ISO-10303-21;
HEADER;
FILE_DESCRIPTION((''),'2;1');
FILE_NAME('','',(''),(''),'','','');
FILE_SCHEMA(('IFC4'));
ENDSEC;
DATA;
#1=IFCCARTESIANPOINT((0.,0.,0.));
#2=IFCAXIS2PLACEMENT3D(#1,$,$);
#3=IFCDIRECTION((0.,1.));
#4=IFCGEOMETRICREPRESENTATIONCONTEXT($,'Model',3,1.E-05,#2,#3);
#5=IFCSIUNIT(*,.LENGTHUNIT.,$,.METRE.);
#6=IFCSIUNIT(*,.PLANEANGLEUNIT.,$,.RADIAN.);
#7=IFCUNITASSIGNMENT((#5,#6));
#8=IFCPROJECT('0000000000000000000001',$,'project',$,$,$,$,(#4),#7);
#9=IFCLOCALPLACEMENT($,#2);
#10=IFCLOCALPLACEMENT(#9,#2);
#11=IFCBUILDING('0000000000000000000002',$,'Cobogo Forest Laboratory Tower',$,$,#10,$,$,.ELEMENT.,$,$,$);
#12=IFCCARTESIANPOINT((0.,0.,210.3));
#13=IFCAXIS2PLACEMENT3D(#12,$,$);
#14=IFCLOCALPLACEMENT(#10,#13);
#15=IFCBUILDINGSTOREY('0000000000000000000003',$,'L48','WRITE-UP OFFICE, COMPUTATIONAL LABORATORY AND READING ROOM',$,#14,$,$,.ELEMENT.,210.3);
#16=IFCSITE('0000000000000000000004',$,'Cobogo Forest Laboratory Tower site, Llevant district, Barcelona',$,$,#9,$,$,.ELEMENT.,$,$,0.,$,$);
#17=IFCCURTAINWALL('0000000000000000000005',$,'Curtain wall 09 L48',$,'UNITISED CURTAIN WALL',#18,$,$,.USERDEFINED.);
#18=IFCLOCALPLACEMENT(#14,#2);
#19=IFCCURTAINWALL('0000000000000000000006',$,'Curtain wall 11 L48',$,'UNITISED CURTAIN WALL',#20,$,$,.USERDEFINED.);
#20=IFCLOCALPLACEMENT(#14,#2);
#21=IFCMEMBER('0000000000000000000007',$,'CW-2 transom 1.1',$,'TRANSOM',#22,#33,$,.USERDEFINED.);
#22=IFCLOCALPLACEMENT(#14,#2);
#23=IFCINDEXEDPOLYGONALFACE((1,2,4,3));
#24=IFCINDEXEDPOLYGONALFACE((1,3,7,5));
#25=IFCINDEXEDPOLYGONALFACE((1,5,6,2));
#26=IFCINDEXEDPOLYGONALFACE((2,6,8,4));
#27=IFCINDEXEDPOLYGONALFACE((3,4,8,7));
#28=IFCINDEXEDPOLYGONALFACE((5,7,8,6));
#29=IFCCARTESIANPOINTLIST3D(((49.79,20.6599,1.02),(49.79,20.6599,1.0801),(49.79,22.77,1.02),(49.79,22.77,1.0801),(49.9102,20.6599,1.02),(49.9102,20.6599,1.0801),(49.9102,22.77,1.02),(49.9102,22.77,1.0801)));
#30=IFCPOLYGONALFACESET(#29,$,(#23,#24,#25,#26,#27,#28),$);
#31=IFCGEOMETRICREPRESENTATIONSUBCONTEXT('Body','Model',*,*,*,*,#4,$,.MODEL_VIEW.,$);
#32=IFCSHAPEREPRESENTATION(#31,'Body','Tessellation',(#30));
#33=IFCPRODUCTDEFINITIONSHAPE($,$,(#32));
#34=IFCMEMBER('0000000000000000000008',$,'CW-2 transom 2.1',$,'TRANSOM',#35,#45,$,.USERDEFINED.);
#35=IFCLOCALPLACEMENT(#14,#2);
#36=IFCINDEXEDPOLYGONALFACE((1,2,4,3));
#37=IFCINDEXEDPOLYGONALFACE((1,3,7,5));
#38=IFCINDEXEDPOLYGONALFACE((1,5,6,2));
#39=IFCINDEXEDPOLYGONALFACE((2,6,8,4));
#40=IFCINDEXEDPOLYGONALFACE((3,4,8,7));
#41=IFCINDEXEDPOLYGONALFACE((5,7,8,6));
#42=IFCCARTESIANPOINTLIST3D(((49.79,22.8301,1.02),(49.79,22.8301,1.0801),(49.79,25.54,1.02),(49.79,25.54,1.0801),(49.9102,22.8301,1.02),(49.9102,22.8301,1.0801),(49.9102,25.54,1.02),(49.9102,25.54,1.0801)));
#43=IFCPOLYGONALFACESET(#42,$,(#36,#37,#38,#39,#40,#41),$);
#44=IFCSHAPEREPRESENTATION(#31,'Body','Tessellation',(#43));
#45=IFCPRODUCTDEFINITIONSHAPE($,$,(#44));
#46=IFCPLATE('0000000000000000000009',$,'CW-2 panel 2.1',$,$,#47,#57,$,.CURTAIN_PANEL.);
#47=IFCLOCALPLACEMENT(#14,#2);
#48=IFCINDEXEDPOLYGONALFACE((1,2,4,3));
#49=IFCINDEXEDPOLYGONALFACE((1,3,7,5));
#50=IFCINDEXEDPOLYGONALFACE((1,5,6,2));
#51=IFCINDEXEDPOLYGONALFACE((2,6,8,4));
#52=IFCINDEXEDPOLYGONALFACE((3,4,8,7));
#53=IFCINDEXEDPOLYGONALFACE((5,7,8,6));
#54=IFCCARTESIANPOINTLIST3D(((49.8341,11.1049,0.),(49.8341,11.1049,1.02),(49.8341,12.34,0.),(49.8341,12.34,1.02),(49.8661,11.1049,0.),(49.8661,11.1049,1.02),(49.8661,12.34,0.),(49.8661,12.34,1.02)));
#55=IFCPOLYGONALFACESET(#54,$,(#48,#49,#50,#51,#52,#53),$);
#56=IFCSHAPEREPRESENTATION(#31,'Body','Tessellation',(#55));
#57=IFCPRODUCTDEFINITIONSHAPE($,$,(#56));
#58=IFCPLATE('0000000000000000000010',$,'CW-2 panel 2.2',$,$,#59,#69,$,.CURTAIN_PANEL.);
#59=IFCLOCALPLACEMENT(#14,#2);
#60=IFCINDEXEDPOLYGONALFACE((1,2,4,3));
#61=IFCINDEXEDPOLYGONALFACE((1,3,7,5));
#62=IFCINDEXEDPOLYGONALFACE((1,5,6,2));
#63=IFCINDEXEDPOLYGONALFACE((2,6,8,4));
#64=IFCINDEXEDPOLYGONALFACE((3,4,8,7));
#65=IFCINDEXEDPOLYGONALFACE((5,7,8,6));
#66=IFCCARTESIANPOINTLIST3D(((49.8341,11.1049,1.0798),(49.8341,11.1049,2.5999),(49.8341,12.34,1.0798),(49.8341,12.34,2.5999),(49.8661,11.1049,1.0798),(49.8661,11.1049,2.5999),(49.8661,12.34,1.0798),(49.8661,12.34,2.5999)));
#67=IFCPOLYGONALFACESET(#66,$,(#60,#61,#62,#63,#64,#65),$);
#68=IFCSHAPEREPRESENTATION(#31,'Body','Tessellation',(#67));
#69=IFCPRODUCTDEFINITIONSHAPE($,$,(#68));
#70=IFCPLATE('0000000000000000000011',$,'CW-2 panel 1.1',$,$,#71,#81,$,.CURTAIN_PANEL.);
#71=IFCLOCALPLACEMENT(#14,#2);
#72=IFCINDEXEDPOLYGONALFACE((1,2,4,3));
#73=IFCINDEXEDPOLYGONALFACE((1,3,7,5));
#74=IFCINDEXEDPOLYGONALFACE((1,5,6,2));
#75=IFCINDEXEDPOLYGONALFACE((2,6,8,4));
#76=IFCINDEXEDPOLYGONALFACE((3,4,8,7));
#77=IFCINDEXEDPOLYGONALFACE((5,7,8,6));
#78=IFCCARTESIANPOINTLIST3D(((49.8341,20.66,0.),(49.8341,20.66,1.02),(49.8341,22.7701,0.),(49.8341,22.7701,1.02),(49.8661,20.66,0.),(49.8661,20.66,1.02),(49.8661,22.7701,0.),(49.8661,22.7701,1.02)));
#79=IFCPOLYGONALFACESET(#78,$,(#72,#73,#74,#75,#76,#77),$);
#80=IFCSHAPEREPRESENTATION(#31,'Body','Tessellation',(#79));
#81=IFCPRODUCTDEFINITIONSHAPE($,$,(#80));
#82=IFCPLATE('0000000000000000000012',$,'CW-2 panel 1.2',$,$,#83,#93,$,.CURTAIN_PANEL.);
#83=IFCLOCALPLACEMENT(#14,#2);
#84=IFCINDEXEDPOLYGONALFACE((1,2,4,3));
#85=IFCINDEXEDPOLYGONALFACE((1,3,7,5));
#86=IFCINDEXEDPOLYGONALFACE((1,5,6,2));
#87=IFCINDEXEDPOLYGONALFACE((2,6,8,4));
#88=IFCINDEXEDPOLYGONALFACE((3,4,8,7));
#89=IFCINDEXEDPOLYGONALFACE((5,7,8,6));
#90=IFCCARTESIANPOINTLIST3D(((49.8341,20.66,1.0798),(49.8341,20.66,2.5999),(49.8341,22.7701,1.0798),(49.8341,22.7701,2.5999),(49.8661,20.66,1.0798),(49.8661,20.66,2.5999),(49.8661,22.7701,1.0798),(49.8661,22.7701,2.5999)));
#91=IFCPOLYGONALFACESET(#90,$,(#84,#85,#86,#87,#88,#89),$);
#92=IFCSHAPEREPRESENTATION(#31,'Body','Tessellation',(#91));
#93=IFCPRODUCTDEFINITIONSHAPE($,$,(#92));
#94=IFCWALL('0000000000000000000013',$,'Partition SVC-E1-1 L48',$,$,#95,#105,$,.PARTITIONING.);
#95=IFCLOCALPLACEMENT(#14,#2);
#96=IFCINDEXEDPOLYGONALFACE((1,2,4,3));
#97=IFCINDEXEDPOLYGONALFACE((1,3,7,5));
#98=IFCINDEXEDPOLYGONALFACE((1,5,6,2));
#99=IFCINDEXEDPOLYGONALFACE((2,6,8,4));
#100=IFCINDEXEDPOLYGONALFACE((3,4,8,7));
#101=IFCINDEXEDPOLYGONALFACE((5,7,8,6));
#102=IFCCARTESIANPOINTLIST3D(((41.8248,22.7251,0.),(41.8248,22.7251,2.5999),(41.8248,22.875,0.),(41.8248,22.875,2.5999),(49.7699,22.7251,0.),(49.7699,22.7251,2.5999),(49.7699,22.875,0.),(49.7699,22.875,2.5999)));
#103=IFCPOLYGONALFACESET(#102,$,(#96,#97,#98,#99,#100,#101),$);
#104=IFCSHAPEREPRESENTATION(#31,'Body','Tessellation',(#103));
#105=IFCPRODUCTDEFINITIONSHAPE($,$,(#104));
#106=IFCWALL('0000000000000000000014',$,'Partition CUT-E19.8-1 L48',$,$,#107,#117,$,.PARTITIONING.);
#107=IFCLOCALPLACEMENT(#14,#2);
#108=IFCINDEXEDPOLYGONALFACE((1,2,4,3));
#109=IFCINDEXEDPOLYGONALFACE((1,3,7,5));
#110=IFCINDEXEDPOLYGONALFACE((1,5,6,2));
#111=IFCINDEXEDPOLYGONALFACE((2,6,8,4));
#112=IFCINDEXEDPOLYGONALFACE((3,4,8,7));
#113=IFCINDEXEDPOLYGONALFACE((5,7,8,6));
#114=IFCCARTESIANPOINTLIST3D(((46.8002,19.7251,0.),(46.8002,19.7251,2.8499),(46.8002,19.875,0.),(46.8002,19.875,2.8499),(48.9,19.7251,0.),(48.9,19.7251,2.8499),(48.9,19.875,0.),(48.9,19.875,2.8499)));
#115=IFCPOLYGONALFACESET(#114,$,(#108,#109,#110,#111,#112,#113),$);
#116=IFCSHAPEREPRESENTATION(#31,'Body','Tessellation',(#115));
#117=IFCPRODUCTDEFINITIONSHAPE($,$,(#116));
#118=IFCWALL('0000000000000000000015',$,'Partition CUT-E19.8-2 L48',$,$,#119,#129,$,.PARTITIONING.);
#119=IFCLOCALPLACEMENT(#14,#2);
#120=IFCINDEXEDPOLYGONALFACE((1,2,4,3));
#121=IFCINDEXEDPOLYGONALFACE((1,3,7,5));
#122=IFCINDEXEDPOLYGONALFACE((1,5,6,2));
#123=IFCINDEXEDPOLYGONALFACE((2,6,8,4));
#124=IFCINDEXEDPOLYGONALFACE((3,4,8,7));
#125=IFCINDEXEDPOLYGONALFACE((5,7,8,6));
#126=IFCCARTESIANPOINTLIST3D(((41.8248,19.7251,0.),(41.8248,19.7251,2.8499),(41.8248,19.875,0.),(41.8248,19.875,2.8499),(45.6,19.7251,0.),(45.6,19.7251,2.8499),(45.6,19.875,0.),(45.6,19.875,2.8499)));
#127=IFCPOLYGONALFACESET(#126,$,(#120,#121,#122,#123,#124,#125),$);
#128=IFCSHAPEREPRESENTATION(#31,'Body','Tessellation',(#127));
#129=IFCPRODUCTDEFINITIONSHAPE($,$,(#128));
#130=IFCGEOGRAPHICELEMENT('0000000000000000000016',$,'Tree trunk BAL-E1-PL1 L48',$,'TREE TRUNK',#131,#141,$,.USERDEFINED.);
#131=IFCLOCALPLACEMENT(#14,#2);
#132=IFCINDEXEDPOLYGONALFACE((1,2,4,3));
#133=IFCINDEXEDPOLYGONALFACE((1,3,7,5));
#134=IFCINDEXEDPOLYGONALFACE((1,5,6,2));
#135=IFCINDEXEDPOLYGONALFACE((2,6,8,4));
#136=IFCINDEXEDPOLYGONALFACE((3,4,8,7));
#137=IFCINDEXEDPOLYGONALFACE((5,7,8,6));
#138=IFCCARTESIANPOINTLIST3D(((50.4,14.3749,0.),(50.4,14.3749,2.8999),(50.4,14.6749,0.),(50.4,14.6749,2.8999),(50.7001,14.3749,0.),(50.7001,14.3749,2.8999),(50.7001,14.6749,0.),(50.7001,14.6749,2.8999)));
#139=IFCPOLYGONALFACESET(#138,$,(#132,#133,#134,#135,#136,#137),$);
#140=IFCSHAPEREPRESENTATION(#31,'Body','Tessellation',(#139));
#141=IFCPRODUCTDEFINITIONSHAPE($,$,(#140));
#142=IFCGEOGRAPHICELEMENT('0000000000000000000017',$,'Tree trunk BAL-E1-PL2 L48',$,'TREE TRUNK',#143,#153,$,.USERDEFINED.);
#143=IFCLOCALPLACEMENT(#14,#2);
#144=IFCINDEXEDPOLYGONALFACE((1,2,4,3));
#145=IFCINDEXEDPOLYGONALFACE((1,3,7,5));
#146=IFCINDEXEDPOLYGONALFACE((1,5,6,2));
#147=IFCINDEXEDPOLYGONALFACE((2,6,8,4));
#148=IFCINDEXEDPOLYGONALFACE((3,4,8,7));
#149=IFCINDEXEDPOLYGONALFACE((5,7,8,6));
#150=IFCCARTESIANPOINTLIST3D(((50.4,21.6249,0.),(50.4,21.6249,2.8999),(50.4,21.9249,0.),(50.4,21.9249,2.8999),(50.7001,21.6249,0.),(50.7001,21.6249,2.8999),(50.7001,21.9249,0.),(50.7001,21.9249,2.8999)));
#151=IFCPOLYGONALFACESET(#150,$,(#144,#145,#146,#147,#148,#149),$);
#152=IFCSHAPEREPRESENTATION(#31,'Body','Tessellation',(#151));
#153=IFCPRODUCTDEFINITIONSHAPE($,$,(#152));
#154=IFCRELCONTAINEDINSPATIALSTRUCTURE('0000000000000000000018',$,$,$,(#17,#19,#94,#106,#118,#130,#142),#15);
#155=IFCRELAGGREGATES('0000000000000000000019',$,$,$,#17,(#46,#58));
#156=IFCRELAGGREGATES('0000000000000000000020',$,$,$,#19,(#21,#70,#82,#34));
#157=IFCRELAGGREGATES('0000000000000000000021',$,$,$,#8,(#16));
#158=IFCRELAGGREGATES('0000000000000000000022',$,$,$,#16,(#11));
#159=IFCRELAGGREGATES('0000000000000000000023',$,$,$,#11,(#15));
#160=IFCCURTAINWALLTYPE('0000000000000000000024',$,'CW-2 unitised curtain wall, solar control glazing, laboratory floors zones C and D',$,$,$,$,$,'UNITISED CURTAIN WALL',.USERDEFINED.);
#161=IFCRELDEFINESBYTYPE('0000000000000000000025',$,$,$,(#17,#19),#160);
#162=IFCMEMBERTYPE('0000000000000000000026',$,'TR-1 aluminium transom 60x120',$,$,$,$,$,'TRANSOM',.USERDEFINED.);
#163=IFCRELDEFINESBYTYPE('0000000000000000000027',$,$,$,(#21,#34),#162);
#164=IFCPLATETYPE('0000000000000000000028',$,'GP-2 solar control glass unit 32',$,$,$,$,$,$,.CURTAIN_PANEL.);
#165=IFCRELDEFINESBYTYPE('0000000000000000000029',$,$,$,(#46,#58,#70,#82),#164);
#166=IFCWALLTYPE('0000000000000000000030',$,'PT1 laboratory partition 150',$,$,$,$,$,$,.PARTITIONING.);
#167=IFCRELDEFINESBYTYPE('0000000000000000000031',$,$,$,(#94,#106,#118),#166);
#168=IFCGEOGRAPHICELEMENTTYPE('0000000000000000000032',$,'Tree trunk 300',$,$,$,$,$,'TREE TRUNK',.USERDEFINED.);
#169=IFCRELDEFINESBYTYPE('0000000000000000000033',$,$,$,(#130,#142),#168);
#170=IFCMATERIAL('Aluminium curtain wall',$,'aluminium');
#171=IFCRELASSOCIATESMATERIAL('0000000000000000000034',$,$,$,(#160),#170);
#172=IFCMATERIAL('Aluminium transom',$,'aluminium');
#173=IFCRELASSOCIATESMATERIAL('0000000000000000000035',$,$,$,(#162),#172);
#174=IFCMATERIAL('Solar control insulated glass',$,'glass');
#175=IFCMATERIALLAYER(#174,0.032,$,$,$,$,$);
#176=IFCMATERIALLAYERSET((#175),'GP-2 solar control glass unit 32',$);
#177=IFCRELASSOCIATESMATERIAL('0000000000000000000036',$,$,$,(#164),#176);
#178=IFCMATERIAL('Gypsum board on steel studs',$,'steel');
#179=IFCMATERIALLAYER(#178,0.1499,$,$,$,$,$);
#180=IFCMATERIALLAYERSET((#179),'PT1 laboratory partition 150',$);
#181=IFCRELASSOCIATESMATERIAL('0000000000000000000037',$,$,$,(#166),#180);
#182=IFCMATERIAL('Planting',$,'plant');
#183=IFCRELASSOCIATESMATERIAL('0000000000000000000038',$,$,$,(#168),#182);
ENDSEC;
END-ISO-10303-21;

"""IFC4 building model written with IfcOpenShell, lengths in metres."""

from ifc_helpers import new_model, si_unit, direction, frame, frame_2d, origin, origin_2d, place, context, subcontext, project, spatial, rectangle, extrude, material, layer, layer_set, material_profile, profile_set, type_object, element, aggregate, save


model = new_model("IFC4")

# Units and contexts
model_context = context("Model", 3, precision=1e-05, world=origin(), true_north=direction((0.0, 1.0)))
body_context = subcontext(model_context, "Body", "Model", "MODEL_VIEW")
ifc_project = project(units=[si_unit("LENGTHUNIT", "METRE"), si_unit("PLANEANGLEUNIT", "RADIAN")], contexts=[model_context])

# Site, building, storey
site_placement = place(None, origin())
site = spatial("IfcSite", under=ifc_project, at=site_placement, Name="Cobogo Forest Laboratory Tower site, Llevant district, Barcelona", CompositionType="ELEMENT", RefElevation=0.0)
building_placement = place(site_placement, origin())
building = spatial("IfcBuilding", under=site, at=building_placement, Name="Cobogo Forest Laboratory Tower", CompositionType="ELEMENT")
storey_placement = place(building_placement, frame((0.0, 0.0, 210.3)))
storey = spatial("IfcBuildingStorey", under=building, at=storey_placement, Name="L48", Description="WRITE-UP OFFICE, COMPUTATIONAL LABORATORY AND READING ROOM", CompositionType="ELEMENT", Elevation=210.3)

# Curtain wall
ifc_material_1 = material(Name="Aluminium curtain wall", Category="aluminium")
curtain_wall_type = type_object("IfcCurtainWallType", Name="CW-2 unitised curtain wall, solar control glazing, laboratory floors zones C and D", ElementType="UNITISED CURTAIN WALL", PredefinedType="USERDEFINED", material=ifc_material_1)
curtain_wall_1_placement = place(storey_placement, origin())
curtain_wall_1 = element("IfcCurtainWall", 1, at=curtain_wall_1_placement, inside=storey, type_object=curtain_wall_type, Name="Curtain wall 09 L48", ObjectType="UNITISED CURTAIN WALL", PredefinedType="USERDEFINED")

# Curtain wall
curtain_wall_2_placement = place(storey_placement, origin())
curtain_wall_2 = element("IfcCurtainWall", 2, at=curtain_wall_2_placement, inside=storey, type_object=curtain_wall_type, Name="Curtain wall 11 L48", ObjectType="UNITISED CURTAIN WALL", PredefinedType="USERDEFINED")

# Members
ifc_material_2 = material(Name="Aluminium transom", Category="aluminium")
ifc_material_profile_1 = material_profile(ifc_material_2, rectangle(XDim=0.1201, YDim=0.0601, at=origin_2d()), Name="AL 60x120")
ifc_profile_set_1 = profile_set([ifc_material_profile_1], Name="Aluminium transom")
member_type_1 = type_object("IfcMemberType", Name="TR-1 aluminium transom 60x120", ElementType="TRANSOM", PredefinedType="USERDEFINED", material=ifc_profile_set_1)
member_1_placement = place(storey_placement, frame((49.8501, 20.6599, 1.05), z_axis=(0.0, 1.0, 0.0), x_axis=(-1.0, 0.0, 0.0)))
member_1 = element("IfcMember", 3, at=member_1_placement, type_object=member_type_1, Name="CW-2 transom 1.1", ObjectType="TRANSOM", PredefinedType="USERDEFINED", context=body_context, shape_type="SweptSolid", body=[
    extrude(rectangle(XDim=0.1201, YDim=0.0601, at=origin_2d()), origin(), (0.0, 0.0, 1.0), 2.1101),
])
member_2_placement = place(storey_placement, frame((49.8501, 22.8301, 1.05), z_axis=(0.0, 1.0, 0.0), x_axis=(-1.0, 0.0, 0.0)))
member_2 = element("IfcMember", 4, at=member_2_placement, type_object=member_type_1, Name="CW-2 transom 2.1", ObjectType="TRANSOM", PredefinedType="USERDEFINED", context=body_context, shape_type="SweptSolid", body=[
    extrude(rectangle(XDim=0.1201, YDim=0.0601, at=origin_2d()), origin(), (0.0, 0.0, 1.0), 2.71),
])

# Plates
ifc_material_3 = material(Name="Solar control insulated glass", Category="glass")
ifc_layer_1 = layer(ifc_material_3, 0.032)
ifc_layer_set_1 = layer_set([ifc_layer_1], Name="GP-2 solar control glass unit 32")
plate_type = type_object("IfcPlateType", Name="GP-2 solar control glass unit 32", PredefinedType="CURTAIN_PANEL", material=ifc_layer_set_1)
plate_1_placement = place(storey_placement, frame((49.8501, 11.7224, 0.0), z_axis=(0.0, 0.0, 1.0), x_axis=(0.0, 1.0, 0.0)))
plate_1 = element("IfcPlate", 5, at=plate_1_placement, type_object=plate_type, Name="CW-2 panel 2.1", PredefinedType="CURTAIN_PANEL", context=body_context, shape_type="SweptSolid", body=[
    extrude(rectangle(XDim=1.2351, YDim=0.032, at=origin_2d()), origin(), (0.0, 0.0, 1.0), 1.02),
])
plate_2_placement = place(storey_placement, frame((49.8501, 11.7224, 1.0798), z_axis=(0.0, 0.0, 1.0), x_axis=(0.0, 1.0, 0.0)))
plate_2 = element("IfcPlate", 6, at=plate_2_placement, type_object=plate_type, Name="CW-2 panel 2.2", PredefinedType="CURTAIN_PANEL", context=body_context, shape_type="SweptSolid", body=[
    extrude(rectangle(XDim=1.2351, YDim=0.032, at=origin_2d()), origin(), (0.0, 0.0, 1.0), 1.52),
])
aggregate(curtain_wall_1, [plate_1, plate_2])
plate_3_placement = place(storey_placement, frame((49.8501, 21.7151, 0.0), z_axis=(0.0, 0.0, 1.0), x_axis=(0.0, 1.0, 0.0)))
plate_3 = element("IfcPlate", 7, at=plate_3_placement, type_object=plate_type, Name="CW-2 panel 1.1", PredefinedType="CURTAIN_PANEL", context=body_context, shape_type="SweptSolid", body=[
    extrude(rectangle(XDim=2.1101, YDim=0.032, at=origin_2d()), origin(), (0.0, 0.0, 1.0), 1.02),
])
plate_4_placement = place(storey_placement, frame((49.8501, 21.7151, 1.0798), z_axis=(0.0, 0.0, 1.0), x_axis=(0.0, 1.0, 0.0)))
plate_4 = element("IfcPlate", 8, at=plate_4_placement, type_object=plate_type, Name="CW-2 panel 1.2", PredefinedType="CURTAIN_PANEL", context=body_context, shape_type="SweptSolid", body=[
    extrude(rectangle(XDim=2.1101, YDim=0.032, at=origin_2d()), origin(), (0.0, 0.0, 1.0), 1.52),
])
aggregate(curtain_wall_2, [member_1, plate_3, plate_4, member_2])

# Walls
ifc_material_4 = material(Name="Gypsum board on steel studs", Category="steel")
ifc_layer_2 = layer(ifc_material_4, 0.1499)
ifc_layer_set_2 = layer_set([ifc_layer_2], Name="PT1 laboratory partition 150")
wall_type_1 = type_object("IfcWallType", Name="PT1 laboratory partition 150", PredefinedType="PARTITIONING", material=ifc_layer_set_2)
wall_1_placement = place(storey_placement, frame((49.77, 22.8, 0.0), z_axis=(0.0, 0.0, 1.0), x_axis=(-1.0, 0.0, 0.0)))
element("IfcWall", 9, at=wall_1_placement, inside=storey, type_object=wall_type_1, Name="Partition SVC-E1-1 L48", PredefinedType="PARTITIONING", context=body_context, shape_type="SweptSolid", body=[
    extrude(rectangle(XDim=7.9451, YDim=0.1499, at=frame_2d((3.9727, 0.0))), origin(), (0.0, 0.0, 1.0), 2.5999),
])
wall_2_placement = place(storey_placement, frame((48.8999, 19.8, 0.0), z_axis=(0.0, 0.0, 1.0), x_axis=(-1.0, 0.0, 0.0)))
element("IfcWall", 10, at=wall_2_placement, inside=storey, type_object=wall_type_1, Name="Partition CUT-E19.8-1 L48", PredefinedType="PARTITIONING", context=body_context, shape_type="SweptSolid", body=[
    extrude(rectangle(XDim=2.0999, YDim=0.1499, at=frame_2d((1.0498, 0.0))), origin(), (0.0, 0.0, 1.0), 2.8499),
])
wall_3_placement = place(storey_placement, frame((45.6001, 19.8, 0.0), z_axis=(0.0, 0.0, 1.0), x_axis=(-1.0, 0.0, 0.0)))
element("IfcWall", 11, at=wall_3_placement, inside=storey, type_object=wall_type_1, Name="Partition CUT-E19.8-2 L48", PredefinedType="PARTITIONING", context=body_context, shape_type="SweptSolid", body=[
    extrude(rectangle(XDim=3.7751, YDim=0.1499, at=frame_2d((1.8877, 0.0))), origin(), (0.0, 0.0, 1.0), 2.8499),
])

# Geographic elements
ifc_material_5 = material(Name="Planting", Category="plant")
geographic_element_type = type_object("IfcGeographicElementType", Name="Tree trunk 300", ElementType="TREE TRUNK", PredefinedType="USERDEFINED", material=ifc_material_5)
for number, where, z_axis, x_axis, name in (
    (12, (50.55, 14.5249, 0.0), (0.0, 0.0, 1.0), (1.0, 0.0, 0.0), "Tree trunk BAL-E1-PL1 L48"),
    (13, (50.55, 21.7749, 0.0), (0.0, 0.0, 1.0), (1.0, 0.0, 0.0), "Tree trunk BAL-E1-PL2 L48"),
):
    element("IfcGeographicElement", number, at=place(storey_placement, frame(where, z_axis=z_axis, x_axis=x_axis)), inside=storey, type_object=geographic_element_type, Name=name, ObjectType="TREE TRUNK", PredefinedType="USERDEFINED", context=body_context, shape_type="SweptSolid", body=[
        extrude(rectangle(XDim=0.3, YDim=0.3, at=origin_2d()), origin(), (0.0, 0.0, 1.0), 2.8999),
    ])

save(model, "model.ifc")
